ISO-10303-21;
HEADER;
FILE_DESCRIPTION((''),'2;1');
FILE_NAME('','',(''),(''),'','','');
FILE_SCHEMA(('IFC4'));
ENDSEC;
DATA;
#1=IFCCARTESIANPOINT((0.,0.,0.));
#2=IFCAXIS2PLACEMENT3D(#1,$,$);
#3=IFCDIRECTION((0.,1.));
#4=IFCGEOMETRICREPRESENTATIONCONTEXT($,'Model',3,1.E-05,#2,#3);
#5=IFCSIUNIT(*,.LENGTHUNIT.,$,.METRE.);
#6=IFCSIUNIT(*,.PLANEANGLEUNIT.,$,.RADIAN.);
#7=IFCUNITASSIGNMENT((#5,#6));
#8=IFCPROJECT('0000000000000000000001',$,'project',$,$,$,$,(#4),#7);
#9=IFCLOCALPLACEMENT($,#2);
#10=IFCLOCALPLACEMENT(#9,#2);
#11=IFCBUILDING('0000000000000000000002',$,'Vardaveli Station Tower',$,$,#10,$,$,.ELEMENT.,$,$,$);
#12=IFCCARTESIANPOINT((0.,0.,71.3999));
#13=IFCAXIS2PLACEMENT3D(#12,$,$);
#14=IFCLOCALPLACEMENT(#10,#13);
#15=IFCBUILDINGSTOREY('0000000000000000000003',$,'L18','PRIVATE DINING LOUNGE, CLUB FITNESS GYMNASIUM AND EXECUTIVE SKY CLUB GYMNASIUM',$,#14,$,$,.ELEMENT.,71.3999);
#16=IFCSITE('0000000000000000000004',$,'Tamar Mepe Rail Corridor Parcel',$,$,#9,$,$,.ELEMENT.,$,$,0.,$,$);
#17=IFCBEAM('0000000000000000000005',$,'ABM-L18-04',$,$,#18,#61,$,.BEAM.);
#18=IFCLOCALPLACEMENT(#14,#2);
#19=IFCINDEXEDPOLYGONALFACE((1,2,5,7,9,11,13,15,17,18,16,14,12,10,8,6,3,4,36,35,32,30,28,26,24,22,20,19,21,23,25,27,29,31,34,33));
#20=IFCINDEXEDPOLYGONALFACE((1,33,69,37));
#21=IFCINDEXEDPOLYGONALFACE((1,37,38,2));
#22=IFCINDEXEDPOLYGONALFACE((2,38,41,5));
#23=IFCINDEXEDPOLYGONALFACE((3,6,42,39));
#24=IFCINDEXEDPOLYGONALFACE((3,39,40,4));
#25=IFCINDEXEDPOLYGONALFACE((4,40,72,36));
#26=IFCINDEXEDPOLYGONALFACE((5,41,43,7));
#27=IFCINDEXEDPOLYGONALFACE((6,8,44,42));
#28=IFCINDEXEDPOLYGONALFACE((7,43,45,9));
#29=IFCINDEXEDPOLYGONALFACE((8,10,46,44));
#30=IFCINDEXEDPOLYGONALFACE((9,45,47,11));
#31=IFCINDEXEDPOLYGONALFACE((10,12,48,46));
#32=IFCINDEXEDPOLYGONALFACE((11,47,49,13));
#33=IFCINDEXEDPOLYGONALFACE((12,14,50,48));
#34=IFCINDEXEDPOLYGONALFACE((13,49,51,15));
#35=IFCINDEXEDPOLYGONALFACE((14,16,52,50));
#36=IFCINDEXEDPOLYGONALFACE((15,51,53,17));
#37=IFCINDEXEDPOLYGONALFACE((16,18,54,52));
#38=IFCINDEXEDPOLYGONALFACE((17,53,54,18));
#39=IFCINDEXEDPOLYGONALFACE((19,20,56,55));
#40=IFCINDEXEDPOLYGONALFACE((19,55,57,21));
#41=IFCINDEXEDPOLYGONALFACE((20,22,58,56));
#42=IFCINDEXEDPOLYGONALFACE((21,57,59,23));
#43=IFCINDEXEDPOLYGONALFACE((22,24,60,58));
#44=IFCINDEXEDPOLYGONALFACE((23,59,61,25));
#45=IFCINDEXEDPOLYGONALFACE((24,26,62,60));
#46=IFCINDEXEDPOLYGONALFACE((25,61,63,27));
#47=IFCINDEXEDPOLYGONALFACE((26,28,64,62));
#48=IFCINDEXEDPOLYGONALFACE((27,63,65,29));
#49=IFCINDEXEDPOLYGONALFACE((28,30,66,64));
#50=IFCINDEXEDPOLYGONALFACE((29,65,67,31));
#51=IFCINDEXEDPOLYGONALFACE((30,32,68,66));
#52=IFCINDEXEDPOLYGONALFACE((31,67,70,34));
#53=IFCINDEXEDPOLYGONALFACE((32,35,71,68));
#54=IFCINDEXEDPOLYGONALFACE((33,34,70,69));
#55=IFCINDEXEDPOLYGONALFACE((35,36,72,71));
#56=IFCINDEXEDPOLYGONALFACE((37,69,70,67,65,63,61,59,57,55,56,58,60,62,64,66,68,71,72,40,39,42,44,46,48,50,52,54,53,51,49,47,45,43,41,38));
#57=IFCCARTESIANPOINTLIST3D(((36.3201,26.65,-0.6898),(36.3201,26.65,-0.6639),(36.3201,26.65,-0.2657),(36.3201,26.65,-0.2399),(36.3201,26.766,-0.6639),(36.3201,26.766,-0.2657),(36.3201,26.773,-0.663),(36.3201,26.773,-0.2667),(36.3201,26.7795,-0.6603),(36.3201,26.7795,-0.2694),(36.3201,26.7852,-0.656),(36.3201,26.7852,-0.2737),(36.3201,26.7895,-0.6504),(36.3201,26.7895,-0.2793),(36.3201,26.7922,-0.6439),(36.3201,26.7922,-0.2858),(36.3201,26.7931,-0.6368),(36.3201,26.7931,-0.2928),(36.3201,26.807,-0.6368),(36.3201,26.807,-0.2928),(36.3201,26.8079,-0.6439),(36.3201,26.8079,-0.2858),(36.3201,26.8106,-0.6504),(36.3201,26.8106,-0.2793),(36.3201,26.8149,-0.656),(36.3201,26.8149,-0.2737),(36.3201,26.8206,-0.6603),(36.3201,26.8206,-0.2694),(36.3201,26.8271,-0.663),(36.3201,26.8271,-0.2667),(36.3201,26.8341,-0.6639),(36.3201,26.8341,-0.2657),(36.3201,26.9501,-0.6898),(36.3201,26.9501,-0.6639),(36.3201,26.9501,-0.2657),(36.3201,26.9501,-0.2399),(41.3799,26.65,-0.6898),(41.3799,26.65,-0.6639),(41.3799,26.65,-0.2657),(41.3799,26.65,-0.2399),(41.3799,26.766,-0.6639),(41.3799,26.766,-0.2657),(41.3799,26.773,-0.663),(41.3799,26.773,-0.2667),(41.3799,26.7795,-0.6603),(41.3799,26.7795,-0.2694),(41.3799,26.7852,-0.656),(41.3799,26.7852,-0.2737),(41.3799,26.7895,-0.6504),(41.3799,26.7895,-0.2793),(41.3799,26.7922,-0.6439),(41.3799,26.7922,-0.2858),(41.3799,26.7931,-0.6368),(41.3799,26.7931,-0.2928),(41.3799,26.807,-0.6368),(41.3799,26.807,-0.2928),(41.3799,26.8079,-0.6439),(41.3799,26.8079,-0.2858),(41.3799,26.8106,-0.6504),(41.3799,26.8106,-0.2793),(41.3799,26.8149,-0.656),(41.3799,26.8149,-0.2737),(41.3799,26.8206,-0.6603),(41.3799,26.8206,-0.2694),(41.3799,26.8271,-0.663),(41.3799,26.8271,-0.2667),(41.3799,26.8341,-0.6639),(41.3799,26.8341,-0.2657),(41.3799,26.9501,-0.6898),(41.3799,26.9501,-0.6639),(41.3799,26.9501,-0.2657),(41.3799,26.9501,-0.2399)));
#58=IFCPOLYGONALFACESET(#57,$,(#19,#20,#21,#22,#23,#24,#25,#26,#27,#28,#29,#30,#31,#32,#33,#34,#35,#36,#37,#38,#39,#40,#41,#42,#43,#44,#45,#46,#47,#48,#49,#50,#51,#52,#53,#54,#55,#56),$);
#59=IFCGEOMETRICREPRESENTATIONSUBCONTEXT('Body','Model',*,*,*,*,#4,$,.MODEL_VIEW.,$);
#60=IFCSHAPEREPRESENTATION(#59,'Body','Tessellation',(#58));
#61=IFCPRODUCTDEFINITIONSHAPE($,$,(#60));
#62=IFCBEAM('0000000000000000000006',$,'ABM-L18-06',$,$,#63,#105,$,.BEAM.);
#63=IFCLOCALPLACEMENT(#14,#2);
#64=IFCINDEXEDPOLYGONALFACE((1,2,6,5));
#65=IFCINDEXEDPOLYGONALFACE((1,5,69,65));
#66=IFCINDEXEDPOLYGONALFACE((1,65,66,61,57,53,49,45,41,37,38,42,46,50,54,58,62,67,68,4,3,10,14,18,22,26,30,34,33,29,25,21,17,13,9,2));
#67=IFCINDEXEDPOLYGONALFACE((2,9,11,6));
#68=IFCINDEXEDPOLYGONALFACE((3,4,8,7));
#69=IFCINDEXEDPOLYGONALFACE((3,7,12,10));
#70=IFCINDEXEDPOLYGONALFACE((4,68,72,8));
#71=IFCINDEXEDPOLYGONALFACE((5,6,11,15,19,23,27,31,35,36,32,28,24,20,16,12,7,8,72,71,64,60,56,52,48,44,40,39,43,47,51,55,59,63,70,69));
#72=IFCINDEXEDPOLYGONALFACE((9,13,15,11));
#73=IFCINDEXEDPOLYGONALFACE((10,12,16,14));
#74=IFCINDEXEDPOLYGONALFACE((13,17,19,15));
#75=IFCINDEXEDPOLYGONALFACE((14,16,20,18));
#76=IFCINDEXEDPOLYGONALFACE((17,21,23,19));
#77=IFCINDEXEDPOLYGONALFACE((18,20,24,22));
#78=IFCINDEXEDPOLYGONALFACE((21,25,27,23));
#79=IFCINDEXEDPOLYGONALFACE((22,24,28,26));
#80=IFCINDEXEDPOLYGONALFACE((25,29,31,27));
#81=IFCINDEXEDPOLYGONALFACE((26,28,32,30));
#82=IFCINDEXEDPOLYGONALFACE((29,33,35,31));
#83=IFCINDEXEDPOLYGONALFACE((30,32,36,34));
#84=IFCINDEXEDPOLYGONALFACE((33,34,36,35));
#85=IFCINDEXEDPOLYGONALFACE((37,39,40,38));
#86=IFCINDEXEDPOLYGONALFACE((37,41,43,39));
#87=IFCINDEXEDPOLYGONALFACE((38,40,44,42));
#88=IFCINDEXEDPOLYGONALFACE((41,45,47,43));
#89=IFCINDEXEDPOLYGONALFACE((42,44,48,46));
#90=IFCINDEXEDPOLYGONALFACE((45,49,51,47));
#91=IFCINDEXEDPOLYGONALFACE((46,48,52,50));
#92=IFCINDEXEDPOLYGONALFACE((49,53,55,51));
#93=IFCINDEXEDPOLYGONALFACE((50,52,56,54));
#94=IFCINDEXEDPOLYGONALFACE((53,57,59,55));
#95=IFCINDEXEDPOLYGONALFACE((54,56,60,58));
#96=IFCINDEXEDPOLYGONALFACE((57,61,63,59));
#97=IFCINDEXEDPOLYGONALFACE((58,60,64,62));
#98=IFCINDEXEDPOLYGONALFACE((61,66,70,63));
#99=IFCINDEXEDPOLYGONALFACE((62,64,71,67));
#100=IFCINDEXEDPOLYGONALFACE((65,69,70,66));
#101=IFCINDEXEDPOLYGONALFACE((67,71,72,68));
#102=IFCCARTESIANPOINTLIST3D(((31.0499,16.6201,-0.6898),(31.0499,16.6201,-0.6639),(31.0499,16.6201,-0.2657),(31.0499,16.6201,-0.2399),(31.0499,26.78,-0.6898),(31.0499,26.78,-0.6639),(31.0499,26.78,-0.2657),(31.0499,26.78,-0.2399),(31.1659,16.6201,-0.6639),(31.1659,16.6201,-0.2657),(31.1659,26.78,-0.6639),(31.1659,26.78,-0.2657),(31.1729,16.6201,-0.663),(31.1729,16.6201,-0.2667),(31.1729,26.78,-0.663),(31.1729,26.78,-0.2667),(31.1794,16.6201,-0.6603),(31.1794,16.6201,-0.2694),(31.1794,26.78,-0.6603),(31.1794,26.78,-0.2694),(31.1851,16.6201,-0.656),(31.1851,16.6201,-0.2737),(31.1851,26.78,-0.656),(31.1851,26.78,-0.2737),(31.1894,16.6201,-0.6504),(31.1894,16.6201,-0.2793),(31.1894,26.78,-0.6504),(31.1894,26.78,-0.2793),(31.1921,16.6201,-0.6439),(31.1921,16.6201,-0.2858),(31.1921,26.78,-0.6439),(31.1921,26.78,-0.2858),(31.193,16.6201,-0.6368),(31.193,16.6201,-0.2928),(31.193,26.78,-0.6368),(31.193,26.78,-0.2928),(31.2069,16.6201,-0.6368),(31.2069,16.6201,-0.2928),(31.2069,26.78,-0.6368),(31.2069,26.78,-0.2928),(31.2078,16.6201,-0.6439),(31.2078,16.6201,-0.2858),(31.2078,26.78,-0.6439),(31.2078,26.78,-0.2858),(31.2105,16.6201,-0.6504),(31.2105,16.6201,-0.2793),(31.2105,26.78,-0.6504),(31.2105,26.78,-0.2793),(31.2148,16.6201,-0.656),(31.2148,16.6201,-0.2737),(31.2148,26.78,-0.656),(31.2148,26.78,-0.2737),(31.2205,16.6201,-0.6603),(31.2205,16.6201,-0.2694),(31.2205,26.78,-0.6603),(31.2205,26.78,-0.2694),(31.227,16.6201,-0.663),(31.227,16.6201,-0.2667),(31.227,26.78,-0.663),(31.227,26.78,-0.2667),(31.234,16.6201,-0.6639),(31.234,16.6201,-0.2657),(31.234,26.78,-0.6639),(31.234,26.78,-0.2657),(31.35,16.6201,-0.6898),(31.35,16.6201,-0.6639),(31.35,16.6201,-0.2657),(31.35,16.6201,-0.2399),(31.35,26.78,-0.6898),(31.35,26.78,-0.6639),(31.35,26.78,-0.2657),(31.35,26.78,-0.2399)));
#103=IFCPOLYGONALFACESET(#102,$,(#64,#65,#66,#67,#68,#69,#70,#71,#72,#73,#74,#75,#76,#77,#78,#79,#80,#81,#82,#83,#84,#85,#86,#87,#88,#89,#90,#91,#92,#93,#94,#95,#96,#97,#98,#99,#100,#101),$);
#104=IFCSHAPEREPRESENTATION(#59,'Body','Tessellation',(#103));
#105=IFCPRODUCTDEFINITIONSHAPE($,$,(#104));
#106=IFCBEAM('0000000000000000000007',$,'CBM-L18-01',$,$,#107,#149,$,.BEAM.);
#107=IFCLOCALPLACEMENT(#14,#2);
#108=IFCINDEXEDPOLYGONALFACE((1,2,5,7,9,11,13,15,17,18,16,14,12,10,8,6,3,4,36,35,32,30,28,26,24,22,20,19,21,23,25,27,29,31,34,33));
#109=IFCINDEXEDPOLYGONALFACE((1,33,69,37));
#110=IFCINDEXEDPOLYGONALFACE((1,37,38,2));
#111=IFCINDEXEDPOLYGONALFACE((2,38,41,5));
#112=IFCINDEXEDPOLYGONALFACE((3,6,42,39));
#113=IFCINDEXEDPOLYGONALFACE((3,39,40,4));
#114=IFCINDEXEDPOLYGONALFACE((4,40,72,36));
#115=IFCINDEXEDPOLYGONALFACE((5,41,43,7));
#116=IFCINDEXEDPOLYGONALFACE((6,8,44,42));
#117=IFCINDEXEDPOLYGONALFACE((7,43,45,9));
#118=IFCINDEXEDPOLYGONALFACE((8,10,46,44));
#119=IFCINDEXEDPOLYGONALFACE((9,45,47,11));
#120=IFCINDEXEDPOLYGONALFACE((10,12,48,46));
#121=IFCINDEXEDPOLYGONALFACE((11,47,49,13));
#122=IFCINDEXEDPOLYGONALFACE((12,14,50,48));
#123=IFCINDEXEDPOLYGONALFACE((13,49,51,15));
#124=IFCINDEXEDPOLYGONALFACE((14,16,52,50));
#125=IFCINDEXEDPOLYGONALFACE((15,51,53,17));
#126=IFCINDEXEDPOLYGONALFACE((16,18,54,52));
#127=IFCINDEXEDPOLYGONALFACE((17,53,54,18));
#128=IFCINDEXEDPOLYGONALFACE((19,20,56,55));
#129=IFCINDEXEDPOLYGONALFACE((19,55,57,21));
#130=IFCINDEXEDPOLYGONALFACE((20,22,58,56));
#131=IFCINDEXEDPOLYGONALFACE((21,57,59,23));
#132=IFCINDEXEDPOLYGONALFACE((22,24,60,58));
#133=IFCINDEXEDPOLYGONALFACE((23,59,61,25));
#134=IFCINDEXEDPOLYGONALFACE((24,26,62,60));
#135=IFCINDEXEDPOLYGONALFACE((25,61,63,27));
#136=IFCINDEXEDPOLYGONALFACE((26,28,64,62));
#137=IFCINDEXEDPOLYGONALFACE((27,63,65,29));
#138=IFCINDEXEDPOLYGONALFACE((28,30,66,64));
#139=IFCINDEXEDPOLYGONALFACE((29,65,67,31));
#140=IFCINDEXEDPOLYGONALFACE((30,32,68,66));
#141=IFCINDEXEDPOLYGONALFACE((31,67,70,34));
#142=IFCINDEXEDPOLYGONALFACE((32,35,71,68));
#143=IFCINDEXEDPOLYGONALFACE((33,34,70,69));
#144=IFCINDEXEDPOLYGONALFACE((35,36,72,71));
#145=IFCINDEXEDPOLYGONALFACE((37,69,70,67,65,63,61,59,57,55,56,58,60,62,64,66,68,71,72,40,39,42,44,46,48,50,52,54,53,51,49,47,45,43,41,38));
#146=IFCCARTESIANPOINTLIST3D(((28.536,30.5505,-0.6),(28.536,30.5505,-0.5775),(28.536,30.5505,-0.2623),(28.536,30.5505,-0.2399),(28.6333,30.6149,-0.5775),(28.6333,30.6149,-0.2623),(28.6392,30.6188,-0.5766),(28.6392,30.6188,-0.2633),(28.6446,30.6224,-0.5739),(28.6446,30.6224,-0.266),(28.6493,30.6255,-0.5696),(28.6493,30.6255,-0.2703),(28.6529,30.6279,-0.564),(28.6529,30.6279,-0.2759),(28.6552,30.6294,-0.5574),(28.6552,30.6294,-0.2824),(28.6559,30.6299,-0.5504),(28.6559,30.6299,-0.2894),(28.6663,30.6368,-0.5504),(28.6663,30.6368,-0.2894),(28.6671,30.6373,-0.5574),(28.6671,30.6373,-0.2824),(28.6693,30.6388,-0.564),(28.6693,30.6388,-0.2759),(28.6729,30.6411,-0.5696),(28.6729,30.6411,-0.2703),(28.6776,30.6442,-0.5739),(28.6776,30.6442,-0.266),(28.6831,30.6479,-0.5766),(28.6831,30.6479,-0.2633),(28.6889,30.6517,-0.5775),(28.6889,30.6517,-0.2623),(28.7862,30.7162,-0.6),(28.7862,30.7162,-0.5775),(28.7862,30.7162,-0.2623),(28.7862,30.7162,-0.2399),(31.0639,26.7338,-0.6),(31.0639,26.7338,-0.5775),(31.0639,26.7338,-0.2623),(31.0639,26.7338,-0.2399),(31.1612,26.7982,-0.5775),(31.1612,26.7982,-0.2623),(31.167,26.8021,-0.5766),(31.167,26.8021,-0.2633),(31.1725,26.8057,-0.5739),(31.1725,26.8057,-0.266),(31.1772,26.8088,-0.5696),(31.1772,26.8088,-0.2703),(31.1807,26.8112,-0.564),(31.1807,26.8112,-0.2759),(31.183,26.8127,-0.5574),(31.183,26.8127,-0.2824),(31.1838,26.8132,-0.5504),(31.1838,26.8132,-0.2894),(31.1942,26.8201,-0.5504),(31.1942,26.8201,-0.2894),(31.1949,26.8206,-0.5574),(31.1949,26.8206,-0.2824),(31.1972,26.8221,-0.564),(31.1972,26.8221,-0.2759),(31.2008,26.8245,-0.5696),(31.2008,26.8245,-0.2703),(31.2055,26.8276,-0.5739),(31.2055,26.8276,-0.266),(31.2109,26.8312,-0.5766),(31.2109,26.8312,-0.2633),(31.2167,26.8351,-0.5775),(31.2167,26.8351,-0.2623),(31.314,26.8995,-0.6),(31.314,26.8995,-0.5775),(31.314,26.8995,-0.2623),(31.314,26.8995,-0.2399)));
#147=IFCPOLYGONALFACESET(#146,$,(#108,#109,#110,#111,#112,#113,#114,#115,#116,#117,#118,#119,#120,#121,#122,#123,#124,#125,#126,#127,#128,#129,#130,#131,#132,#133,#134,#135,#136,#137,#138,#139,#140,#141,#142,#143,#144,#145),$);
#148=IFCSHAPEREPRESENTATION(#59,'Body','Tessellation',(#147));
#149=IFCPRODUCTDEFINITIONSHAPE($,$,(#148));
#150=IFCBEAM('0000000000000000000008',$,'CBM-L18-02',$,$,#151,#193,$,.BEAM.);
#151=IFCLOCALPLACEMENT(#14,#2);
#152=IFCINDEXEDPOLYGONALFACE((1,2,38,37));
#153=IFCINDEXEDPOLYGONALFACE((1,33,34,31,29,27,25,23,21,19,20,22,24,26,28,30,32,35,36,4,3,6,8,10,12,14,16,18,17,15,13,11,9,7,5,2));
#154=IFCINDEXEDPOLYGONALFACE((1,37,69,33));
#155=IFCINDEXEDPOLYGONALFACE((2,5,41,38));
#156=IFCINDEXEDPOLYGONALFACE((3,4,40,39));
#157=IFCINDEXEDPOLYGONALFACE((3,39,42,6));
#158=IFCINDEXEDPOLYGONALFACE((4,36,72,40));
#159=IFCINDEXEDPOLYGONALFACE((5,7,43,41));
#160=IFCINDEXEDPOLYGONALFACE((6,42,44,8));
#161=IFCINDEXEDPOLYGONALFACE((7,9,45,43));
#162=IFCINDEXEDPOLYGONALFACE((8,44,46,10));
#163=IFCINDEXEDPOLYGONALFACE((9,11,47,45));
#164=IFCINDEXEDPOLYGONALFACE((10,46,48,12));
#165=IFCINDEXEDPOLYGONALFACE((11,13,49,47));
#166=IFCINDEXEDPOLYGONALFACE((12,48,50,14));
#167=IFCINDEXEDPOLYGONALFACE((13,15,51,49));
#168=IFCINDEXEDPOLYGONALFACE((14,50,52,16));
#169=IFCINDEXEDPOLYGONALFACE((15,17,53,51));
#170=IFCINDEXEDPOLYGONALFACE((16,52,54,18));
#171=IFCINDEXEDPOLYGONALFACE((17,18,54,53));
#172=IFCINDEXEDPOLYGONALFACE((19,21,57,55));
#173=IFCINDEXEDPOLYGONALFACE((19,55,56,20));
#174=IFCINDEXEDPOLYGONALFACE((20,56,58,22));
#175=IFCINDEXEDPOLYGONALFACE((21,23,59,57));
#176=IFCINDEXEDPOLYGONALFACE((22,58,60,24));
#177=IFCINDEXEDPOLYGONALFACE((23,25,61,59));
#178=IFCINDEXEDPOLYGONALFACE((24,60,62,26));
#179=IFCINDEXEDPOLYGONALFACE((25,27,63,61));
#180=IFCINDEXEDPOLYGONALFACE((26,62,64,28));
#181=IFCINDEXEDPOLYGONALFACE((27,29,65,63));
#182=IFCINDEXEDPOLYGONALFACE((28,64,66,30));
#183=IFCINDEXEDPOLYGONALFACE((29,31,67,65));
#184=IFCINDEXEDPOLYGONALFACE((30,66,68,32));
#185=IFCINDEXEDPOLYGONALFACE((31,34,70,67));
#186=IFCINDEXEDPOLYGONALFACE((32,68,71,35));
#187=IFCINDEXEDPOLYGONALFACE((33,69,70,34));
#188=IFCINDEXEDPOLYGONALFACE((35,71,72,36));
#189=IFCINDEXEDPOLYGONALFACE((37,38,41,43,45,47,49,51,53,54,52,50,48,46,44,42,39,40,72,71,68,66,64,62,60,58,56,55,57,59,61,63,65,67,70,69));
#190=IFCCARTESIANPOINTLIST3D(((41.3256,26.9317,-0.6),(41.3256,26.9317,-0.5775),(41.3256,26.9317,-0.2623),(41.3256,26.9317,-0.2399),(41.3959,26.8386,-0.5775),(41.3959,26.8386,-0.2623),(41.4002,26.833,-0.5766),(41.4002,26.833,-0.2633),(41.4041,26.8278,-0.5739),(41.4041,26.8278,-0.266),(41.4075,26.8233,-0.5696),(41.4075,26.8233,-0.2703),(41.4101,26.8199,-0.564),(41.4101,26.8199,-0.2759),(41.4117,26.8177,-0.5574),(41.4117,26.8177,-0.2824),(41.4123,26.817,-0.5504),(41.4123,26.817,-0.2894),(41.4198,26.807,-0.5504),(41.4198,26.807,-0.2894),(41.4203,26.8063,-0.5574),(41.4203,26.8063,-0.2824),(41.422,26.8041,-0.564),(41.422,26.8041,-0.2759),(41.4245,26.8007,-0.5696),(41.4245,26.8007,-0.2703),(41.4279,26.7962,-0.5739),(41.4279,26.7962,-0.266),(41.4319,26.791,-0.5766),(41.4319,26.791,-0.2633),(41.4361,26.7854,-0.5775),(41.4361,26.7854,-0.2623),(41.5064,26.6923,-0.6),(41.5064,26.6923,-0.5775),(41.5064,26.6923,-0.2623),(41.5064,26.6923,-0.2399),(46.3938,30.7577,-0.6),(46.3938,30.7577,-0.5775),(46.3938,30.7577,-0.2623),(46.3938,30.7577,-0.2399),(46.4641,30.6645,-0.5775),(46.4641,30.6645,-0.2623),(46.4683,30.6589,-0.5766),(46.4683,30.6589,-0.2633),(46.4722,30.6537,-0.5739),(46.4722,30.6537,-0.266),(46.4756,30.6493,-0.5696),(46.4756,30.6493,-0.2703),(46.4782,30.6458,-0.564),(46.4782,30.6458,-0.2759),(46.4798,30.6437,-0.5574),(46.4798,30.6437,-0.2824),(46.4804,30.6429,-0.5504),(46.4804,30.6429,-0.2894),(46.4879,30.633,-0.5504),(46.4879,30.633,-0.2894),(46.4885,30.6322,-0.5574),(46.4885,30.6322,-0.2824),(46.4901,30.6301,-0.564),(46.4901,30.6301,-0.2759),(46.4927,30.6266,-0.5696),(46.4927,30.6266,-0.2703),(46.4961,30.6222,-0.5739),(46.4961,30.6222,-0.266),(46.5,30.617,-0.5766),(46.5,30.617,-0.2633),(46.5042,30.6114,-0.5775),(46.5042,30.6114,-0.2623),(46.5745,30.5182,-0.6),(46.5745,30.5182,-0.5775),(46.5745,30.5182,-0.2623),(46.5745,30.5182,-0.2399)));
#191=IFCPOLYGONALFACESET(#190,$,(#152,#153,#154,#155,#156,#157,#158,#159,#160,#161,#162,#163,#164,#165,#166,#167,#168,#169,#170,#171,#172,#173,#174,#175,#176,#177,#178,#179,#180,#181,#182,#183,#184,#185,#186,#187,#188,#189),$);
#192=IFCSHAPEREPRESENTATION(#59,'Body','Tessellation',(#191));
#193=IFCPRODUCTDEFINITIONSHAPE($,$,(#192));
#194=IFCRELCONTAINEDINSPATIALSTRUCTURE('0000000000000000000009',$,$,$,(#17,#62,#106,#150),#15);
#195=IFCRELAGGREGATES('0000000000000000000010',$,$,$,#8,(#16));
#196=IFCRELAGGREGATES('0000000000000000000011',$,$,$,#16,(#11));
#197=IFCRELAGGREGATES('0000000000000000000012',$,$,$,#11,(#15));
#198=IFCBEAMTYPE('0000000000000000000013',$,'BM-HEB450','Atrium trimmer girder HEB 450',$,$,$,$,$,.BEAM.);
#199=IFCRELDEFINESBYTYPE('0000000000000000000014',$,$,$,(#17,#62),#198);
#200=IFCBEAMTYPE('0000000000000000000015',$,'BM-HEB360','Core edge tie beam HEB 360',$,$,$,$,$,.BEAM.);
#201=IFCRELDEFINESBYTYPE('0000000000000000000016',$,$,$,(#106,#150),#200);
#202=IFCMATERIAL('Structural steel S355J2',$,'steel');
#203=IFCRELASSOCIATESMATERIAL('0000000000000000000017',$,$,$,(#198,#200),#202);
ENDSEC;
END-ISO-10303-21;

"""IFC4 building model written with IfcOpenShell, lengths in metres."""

from ifc_helpers import new_model, si_unit, direction, frame, origin, origin_2d, place, context, subcontext, project, spatial, i_section, extrude, source, transform, mapped, material, material_profile, profile_set, type_object, element, save


model = new_model("IFC4")

# Units and contexts
model_context = context("Model", 3, precision=1e-05, world=origin(), true_north=direction((0.0, 1.0)))
body_context = subcontext(model_context, "Body", "Model", "MODEL_VIEW")
ifc_project = project(units=[si_unit("LENGTHUNIT", "METRE"), si_unit("PLANEANGLEUNIT", "RADIAN")], contexts=[model_context])

# Site, building, storey
site_placement = place(None, origin())
site = spatial("IfcSite", under=ifc_project, at=site_placement, Name="Tamar Mepe Rail Corridor Parcel", CompositionType="ELEMENT", RefElevation=0.0)
building_placement = place(site_placement, origin())
building = spatial("IfcBuilding", under=site, at=building_placement, Name="Vardaveli Station Tower", CompositionType="ELEMENT")
storey_placement = place(building_placement, frame((0.0, 0.0, 71.3999)))
storey = spatial("IfcBuildingStorey", under=building, at=storey_placement, Name="L18", Description="PRIVATE DINING LOUNGE, CLUB FITNESS GYMNASIUM AND EXECUTIVE SKY CLUB GYMNASIUM", CompositionType="ELEMENT", Elevation=71.3999)

# Beams
ifc_material_1 = material(Name="Structural steel S355J2", Category="steel")
ifc_material_profile_1 = material_profile(ifc_material_1, i_section(OverallWidth=0.3, OverallDepth=0.45, WebThickness=0.0139, FlangeThickness=0.0259, FilletRadius=0.0271, at=origin_2d()), Name="HEB 450")
ifc_profile_set_1 = profile_set([ifc_material_profile_1], Name="Structural steel S355J2")
beam_type_1 = type_object("IfcBeamType", Name="BM-HEB450", Description="Atrium trimmer girder HEB 450", PredefinedType="BEAM", material=ifc_profile_set_1)
shared_shape_1 = source(origin(), body_context, "Body", "SweptSolid", [
    extrude(i_section(OverallWidth=0.3, OverallDepth=0.45, WebThickness=0.0139, FlangeThickness=0.0259, FilletRadius=0.0271, at=origin_2d()), origin(), (0.0, 0.0, 1.0), 5.0598),
])
beam_1_placement = place(storey_placement, frame((41.3799, 26.8, -0.4648), z_axis=(-1.0, 0.0, 0.0), x_axis=(0.0, -1.0, 0.0)))
element("IfcBeam", 1, at=beam_1_placement, inside=storey, type_object=beam_type_1, Name="ABM-L18-04", PredefinedType="BEAM", context=body_context, shape_type="MappedRepresentation", body=[
    mapped(shared_shape_1, transform((0.0, 0.0, 0.0), scale=1.0)),
])
shared_shape_2 = source(origin(), body_context, "Body", "SweptSolid", [
    extrude(i_section(OverallWidth=0.3, OverallDepth=0.45, WebThickness=0.0139, FlangeThickness=0.0259, FilletRadius=0.0271, at=origin_2d()), origin(), (0.0, 0.0, 1.0), 10.1599),
])
beam_2_placement = place(storey_placement, frame((31.2, 26.78, -0.4648), z_axis=(0.0, -1.0, 0.0), x_axis=(1.0, 0.0, 0.0)))
element("IfcBeam", 2, at=beam_2_placement, inside=storey, type_object=beam_type_1, Name="ABM-L18-06", PredefinedType="BEAM", context=body_context, shape_type="MappedRepresentation", body=[
    mapped(shared_shape_2, transform((0.0, 0.0, 0.0), scale=1.0)),
])
ifc_material_profile_2 = material_profile(ifc_material_1, i_section(OverallWidth=0.3, OverallDepth=0.3601, WebThickness=0.0125, FlangeThickness=0.0225, FilletRadius=0.0271, at=origin_2d()), Name="HEB 360")
ifc_profile_set_2 = profile_set([ifc_material_profile_2], Name="Structural steel S355J2")
beam_type_2 = type_object("IfcBeamType", Name="BM-HEB360", Description="Core edge tie beam HEB 360", PredefinedType="BEAM", material=ifc_profile_set_2)
shared_shape_3 = source(origin(), body_context, "Body", "SweptSolid", [
    extrude(i_section(OverallWidth=0.3, OverallDepth=0.3601, WebThickness=0.0125, FlangeThickness=0.0225, FilletRadius=0.0271, at=origin_2d()), origin(), (0.0, 0.0, 1.0), 4.5779),
])
beam_3_placement = place(storey_placement, frame((31.189, 26.8167, -0.4199), z_axis=(-0.552187, 0.83372, 0.0), x_axis=(-0.83372, -0.552187, 0.0)))
element("IfcBeam", 3, at=beam_3_placement, inside=storey, type_object=beam_type_2, Name="CBM-L18-01", PredefinedType="BEAM", context=body_context, shape_type="MappedRepresentation", body=[
    mapped(shared_shape_3, transform((0.0, 0.0, 0.0), scale=1.0)),
])
shared_shape_4 = source(origin(), body_context, "Body", "SweptSolid", [
    extrude(i_section(OverallWidth=0.3, OverallDepth=0.3601, WebThickness=0.0125, FlangeThickness=0.0225, FilletRadius=0.0271, at=origin_2d()), origin(), (0.0, 0.0, 1.0), 6.3501),
])
beam_4_placement = place(storey_placement, frame((41.416, 26.812, -0.4199), z_axis=(0.798118, 0.602501, 0.0), x_axis=(-0.602501, 0.798118, 0.0)))
element("IfcBeam", 4, at=beam_4_placement, inside=storey, type_object=beam_type_2, Name="CBM-L18-02", PredefinedType="BEAM", context=body_context, shape_type="MappedRepresentation", body=[
    mapped(shared_shape_4, transform((0.0, 0.0, 0.0), scale=1.0)),
])

save(model, "model.ifc")
